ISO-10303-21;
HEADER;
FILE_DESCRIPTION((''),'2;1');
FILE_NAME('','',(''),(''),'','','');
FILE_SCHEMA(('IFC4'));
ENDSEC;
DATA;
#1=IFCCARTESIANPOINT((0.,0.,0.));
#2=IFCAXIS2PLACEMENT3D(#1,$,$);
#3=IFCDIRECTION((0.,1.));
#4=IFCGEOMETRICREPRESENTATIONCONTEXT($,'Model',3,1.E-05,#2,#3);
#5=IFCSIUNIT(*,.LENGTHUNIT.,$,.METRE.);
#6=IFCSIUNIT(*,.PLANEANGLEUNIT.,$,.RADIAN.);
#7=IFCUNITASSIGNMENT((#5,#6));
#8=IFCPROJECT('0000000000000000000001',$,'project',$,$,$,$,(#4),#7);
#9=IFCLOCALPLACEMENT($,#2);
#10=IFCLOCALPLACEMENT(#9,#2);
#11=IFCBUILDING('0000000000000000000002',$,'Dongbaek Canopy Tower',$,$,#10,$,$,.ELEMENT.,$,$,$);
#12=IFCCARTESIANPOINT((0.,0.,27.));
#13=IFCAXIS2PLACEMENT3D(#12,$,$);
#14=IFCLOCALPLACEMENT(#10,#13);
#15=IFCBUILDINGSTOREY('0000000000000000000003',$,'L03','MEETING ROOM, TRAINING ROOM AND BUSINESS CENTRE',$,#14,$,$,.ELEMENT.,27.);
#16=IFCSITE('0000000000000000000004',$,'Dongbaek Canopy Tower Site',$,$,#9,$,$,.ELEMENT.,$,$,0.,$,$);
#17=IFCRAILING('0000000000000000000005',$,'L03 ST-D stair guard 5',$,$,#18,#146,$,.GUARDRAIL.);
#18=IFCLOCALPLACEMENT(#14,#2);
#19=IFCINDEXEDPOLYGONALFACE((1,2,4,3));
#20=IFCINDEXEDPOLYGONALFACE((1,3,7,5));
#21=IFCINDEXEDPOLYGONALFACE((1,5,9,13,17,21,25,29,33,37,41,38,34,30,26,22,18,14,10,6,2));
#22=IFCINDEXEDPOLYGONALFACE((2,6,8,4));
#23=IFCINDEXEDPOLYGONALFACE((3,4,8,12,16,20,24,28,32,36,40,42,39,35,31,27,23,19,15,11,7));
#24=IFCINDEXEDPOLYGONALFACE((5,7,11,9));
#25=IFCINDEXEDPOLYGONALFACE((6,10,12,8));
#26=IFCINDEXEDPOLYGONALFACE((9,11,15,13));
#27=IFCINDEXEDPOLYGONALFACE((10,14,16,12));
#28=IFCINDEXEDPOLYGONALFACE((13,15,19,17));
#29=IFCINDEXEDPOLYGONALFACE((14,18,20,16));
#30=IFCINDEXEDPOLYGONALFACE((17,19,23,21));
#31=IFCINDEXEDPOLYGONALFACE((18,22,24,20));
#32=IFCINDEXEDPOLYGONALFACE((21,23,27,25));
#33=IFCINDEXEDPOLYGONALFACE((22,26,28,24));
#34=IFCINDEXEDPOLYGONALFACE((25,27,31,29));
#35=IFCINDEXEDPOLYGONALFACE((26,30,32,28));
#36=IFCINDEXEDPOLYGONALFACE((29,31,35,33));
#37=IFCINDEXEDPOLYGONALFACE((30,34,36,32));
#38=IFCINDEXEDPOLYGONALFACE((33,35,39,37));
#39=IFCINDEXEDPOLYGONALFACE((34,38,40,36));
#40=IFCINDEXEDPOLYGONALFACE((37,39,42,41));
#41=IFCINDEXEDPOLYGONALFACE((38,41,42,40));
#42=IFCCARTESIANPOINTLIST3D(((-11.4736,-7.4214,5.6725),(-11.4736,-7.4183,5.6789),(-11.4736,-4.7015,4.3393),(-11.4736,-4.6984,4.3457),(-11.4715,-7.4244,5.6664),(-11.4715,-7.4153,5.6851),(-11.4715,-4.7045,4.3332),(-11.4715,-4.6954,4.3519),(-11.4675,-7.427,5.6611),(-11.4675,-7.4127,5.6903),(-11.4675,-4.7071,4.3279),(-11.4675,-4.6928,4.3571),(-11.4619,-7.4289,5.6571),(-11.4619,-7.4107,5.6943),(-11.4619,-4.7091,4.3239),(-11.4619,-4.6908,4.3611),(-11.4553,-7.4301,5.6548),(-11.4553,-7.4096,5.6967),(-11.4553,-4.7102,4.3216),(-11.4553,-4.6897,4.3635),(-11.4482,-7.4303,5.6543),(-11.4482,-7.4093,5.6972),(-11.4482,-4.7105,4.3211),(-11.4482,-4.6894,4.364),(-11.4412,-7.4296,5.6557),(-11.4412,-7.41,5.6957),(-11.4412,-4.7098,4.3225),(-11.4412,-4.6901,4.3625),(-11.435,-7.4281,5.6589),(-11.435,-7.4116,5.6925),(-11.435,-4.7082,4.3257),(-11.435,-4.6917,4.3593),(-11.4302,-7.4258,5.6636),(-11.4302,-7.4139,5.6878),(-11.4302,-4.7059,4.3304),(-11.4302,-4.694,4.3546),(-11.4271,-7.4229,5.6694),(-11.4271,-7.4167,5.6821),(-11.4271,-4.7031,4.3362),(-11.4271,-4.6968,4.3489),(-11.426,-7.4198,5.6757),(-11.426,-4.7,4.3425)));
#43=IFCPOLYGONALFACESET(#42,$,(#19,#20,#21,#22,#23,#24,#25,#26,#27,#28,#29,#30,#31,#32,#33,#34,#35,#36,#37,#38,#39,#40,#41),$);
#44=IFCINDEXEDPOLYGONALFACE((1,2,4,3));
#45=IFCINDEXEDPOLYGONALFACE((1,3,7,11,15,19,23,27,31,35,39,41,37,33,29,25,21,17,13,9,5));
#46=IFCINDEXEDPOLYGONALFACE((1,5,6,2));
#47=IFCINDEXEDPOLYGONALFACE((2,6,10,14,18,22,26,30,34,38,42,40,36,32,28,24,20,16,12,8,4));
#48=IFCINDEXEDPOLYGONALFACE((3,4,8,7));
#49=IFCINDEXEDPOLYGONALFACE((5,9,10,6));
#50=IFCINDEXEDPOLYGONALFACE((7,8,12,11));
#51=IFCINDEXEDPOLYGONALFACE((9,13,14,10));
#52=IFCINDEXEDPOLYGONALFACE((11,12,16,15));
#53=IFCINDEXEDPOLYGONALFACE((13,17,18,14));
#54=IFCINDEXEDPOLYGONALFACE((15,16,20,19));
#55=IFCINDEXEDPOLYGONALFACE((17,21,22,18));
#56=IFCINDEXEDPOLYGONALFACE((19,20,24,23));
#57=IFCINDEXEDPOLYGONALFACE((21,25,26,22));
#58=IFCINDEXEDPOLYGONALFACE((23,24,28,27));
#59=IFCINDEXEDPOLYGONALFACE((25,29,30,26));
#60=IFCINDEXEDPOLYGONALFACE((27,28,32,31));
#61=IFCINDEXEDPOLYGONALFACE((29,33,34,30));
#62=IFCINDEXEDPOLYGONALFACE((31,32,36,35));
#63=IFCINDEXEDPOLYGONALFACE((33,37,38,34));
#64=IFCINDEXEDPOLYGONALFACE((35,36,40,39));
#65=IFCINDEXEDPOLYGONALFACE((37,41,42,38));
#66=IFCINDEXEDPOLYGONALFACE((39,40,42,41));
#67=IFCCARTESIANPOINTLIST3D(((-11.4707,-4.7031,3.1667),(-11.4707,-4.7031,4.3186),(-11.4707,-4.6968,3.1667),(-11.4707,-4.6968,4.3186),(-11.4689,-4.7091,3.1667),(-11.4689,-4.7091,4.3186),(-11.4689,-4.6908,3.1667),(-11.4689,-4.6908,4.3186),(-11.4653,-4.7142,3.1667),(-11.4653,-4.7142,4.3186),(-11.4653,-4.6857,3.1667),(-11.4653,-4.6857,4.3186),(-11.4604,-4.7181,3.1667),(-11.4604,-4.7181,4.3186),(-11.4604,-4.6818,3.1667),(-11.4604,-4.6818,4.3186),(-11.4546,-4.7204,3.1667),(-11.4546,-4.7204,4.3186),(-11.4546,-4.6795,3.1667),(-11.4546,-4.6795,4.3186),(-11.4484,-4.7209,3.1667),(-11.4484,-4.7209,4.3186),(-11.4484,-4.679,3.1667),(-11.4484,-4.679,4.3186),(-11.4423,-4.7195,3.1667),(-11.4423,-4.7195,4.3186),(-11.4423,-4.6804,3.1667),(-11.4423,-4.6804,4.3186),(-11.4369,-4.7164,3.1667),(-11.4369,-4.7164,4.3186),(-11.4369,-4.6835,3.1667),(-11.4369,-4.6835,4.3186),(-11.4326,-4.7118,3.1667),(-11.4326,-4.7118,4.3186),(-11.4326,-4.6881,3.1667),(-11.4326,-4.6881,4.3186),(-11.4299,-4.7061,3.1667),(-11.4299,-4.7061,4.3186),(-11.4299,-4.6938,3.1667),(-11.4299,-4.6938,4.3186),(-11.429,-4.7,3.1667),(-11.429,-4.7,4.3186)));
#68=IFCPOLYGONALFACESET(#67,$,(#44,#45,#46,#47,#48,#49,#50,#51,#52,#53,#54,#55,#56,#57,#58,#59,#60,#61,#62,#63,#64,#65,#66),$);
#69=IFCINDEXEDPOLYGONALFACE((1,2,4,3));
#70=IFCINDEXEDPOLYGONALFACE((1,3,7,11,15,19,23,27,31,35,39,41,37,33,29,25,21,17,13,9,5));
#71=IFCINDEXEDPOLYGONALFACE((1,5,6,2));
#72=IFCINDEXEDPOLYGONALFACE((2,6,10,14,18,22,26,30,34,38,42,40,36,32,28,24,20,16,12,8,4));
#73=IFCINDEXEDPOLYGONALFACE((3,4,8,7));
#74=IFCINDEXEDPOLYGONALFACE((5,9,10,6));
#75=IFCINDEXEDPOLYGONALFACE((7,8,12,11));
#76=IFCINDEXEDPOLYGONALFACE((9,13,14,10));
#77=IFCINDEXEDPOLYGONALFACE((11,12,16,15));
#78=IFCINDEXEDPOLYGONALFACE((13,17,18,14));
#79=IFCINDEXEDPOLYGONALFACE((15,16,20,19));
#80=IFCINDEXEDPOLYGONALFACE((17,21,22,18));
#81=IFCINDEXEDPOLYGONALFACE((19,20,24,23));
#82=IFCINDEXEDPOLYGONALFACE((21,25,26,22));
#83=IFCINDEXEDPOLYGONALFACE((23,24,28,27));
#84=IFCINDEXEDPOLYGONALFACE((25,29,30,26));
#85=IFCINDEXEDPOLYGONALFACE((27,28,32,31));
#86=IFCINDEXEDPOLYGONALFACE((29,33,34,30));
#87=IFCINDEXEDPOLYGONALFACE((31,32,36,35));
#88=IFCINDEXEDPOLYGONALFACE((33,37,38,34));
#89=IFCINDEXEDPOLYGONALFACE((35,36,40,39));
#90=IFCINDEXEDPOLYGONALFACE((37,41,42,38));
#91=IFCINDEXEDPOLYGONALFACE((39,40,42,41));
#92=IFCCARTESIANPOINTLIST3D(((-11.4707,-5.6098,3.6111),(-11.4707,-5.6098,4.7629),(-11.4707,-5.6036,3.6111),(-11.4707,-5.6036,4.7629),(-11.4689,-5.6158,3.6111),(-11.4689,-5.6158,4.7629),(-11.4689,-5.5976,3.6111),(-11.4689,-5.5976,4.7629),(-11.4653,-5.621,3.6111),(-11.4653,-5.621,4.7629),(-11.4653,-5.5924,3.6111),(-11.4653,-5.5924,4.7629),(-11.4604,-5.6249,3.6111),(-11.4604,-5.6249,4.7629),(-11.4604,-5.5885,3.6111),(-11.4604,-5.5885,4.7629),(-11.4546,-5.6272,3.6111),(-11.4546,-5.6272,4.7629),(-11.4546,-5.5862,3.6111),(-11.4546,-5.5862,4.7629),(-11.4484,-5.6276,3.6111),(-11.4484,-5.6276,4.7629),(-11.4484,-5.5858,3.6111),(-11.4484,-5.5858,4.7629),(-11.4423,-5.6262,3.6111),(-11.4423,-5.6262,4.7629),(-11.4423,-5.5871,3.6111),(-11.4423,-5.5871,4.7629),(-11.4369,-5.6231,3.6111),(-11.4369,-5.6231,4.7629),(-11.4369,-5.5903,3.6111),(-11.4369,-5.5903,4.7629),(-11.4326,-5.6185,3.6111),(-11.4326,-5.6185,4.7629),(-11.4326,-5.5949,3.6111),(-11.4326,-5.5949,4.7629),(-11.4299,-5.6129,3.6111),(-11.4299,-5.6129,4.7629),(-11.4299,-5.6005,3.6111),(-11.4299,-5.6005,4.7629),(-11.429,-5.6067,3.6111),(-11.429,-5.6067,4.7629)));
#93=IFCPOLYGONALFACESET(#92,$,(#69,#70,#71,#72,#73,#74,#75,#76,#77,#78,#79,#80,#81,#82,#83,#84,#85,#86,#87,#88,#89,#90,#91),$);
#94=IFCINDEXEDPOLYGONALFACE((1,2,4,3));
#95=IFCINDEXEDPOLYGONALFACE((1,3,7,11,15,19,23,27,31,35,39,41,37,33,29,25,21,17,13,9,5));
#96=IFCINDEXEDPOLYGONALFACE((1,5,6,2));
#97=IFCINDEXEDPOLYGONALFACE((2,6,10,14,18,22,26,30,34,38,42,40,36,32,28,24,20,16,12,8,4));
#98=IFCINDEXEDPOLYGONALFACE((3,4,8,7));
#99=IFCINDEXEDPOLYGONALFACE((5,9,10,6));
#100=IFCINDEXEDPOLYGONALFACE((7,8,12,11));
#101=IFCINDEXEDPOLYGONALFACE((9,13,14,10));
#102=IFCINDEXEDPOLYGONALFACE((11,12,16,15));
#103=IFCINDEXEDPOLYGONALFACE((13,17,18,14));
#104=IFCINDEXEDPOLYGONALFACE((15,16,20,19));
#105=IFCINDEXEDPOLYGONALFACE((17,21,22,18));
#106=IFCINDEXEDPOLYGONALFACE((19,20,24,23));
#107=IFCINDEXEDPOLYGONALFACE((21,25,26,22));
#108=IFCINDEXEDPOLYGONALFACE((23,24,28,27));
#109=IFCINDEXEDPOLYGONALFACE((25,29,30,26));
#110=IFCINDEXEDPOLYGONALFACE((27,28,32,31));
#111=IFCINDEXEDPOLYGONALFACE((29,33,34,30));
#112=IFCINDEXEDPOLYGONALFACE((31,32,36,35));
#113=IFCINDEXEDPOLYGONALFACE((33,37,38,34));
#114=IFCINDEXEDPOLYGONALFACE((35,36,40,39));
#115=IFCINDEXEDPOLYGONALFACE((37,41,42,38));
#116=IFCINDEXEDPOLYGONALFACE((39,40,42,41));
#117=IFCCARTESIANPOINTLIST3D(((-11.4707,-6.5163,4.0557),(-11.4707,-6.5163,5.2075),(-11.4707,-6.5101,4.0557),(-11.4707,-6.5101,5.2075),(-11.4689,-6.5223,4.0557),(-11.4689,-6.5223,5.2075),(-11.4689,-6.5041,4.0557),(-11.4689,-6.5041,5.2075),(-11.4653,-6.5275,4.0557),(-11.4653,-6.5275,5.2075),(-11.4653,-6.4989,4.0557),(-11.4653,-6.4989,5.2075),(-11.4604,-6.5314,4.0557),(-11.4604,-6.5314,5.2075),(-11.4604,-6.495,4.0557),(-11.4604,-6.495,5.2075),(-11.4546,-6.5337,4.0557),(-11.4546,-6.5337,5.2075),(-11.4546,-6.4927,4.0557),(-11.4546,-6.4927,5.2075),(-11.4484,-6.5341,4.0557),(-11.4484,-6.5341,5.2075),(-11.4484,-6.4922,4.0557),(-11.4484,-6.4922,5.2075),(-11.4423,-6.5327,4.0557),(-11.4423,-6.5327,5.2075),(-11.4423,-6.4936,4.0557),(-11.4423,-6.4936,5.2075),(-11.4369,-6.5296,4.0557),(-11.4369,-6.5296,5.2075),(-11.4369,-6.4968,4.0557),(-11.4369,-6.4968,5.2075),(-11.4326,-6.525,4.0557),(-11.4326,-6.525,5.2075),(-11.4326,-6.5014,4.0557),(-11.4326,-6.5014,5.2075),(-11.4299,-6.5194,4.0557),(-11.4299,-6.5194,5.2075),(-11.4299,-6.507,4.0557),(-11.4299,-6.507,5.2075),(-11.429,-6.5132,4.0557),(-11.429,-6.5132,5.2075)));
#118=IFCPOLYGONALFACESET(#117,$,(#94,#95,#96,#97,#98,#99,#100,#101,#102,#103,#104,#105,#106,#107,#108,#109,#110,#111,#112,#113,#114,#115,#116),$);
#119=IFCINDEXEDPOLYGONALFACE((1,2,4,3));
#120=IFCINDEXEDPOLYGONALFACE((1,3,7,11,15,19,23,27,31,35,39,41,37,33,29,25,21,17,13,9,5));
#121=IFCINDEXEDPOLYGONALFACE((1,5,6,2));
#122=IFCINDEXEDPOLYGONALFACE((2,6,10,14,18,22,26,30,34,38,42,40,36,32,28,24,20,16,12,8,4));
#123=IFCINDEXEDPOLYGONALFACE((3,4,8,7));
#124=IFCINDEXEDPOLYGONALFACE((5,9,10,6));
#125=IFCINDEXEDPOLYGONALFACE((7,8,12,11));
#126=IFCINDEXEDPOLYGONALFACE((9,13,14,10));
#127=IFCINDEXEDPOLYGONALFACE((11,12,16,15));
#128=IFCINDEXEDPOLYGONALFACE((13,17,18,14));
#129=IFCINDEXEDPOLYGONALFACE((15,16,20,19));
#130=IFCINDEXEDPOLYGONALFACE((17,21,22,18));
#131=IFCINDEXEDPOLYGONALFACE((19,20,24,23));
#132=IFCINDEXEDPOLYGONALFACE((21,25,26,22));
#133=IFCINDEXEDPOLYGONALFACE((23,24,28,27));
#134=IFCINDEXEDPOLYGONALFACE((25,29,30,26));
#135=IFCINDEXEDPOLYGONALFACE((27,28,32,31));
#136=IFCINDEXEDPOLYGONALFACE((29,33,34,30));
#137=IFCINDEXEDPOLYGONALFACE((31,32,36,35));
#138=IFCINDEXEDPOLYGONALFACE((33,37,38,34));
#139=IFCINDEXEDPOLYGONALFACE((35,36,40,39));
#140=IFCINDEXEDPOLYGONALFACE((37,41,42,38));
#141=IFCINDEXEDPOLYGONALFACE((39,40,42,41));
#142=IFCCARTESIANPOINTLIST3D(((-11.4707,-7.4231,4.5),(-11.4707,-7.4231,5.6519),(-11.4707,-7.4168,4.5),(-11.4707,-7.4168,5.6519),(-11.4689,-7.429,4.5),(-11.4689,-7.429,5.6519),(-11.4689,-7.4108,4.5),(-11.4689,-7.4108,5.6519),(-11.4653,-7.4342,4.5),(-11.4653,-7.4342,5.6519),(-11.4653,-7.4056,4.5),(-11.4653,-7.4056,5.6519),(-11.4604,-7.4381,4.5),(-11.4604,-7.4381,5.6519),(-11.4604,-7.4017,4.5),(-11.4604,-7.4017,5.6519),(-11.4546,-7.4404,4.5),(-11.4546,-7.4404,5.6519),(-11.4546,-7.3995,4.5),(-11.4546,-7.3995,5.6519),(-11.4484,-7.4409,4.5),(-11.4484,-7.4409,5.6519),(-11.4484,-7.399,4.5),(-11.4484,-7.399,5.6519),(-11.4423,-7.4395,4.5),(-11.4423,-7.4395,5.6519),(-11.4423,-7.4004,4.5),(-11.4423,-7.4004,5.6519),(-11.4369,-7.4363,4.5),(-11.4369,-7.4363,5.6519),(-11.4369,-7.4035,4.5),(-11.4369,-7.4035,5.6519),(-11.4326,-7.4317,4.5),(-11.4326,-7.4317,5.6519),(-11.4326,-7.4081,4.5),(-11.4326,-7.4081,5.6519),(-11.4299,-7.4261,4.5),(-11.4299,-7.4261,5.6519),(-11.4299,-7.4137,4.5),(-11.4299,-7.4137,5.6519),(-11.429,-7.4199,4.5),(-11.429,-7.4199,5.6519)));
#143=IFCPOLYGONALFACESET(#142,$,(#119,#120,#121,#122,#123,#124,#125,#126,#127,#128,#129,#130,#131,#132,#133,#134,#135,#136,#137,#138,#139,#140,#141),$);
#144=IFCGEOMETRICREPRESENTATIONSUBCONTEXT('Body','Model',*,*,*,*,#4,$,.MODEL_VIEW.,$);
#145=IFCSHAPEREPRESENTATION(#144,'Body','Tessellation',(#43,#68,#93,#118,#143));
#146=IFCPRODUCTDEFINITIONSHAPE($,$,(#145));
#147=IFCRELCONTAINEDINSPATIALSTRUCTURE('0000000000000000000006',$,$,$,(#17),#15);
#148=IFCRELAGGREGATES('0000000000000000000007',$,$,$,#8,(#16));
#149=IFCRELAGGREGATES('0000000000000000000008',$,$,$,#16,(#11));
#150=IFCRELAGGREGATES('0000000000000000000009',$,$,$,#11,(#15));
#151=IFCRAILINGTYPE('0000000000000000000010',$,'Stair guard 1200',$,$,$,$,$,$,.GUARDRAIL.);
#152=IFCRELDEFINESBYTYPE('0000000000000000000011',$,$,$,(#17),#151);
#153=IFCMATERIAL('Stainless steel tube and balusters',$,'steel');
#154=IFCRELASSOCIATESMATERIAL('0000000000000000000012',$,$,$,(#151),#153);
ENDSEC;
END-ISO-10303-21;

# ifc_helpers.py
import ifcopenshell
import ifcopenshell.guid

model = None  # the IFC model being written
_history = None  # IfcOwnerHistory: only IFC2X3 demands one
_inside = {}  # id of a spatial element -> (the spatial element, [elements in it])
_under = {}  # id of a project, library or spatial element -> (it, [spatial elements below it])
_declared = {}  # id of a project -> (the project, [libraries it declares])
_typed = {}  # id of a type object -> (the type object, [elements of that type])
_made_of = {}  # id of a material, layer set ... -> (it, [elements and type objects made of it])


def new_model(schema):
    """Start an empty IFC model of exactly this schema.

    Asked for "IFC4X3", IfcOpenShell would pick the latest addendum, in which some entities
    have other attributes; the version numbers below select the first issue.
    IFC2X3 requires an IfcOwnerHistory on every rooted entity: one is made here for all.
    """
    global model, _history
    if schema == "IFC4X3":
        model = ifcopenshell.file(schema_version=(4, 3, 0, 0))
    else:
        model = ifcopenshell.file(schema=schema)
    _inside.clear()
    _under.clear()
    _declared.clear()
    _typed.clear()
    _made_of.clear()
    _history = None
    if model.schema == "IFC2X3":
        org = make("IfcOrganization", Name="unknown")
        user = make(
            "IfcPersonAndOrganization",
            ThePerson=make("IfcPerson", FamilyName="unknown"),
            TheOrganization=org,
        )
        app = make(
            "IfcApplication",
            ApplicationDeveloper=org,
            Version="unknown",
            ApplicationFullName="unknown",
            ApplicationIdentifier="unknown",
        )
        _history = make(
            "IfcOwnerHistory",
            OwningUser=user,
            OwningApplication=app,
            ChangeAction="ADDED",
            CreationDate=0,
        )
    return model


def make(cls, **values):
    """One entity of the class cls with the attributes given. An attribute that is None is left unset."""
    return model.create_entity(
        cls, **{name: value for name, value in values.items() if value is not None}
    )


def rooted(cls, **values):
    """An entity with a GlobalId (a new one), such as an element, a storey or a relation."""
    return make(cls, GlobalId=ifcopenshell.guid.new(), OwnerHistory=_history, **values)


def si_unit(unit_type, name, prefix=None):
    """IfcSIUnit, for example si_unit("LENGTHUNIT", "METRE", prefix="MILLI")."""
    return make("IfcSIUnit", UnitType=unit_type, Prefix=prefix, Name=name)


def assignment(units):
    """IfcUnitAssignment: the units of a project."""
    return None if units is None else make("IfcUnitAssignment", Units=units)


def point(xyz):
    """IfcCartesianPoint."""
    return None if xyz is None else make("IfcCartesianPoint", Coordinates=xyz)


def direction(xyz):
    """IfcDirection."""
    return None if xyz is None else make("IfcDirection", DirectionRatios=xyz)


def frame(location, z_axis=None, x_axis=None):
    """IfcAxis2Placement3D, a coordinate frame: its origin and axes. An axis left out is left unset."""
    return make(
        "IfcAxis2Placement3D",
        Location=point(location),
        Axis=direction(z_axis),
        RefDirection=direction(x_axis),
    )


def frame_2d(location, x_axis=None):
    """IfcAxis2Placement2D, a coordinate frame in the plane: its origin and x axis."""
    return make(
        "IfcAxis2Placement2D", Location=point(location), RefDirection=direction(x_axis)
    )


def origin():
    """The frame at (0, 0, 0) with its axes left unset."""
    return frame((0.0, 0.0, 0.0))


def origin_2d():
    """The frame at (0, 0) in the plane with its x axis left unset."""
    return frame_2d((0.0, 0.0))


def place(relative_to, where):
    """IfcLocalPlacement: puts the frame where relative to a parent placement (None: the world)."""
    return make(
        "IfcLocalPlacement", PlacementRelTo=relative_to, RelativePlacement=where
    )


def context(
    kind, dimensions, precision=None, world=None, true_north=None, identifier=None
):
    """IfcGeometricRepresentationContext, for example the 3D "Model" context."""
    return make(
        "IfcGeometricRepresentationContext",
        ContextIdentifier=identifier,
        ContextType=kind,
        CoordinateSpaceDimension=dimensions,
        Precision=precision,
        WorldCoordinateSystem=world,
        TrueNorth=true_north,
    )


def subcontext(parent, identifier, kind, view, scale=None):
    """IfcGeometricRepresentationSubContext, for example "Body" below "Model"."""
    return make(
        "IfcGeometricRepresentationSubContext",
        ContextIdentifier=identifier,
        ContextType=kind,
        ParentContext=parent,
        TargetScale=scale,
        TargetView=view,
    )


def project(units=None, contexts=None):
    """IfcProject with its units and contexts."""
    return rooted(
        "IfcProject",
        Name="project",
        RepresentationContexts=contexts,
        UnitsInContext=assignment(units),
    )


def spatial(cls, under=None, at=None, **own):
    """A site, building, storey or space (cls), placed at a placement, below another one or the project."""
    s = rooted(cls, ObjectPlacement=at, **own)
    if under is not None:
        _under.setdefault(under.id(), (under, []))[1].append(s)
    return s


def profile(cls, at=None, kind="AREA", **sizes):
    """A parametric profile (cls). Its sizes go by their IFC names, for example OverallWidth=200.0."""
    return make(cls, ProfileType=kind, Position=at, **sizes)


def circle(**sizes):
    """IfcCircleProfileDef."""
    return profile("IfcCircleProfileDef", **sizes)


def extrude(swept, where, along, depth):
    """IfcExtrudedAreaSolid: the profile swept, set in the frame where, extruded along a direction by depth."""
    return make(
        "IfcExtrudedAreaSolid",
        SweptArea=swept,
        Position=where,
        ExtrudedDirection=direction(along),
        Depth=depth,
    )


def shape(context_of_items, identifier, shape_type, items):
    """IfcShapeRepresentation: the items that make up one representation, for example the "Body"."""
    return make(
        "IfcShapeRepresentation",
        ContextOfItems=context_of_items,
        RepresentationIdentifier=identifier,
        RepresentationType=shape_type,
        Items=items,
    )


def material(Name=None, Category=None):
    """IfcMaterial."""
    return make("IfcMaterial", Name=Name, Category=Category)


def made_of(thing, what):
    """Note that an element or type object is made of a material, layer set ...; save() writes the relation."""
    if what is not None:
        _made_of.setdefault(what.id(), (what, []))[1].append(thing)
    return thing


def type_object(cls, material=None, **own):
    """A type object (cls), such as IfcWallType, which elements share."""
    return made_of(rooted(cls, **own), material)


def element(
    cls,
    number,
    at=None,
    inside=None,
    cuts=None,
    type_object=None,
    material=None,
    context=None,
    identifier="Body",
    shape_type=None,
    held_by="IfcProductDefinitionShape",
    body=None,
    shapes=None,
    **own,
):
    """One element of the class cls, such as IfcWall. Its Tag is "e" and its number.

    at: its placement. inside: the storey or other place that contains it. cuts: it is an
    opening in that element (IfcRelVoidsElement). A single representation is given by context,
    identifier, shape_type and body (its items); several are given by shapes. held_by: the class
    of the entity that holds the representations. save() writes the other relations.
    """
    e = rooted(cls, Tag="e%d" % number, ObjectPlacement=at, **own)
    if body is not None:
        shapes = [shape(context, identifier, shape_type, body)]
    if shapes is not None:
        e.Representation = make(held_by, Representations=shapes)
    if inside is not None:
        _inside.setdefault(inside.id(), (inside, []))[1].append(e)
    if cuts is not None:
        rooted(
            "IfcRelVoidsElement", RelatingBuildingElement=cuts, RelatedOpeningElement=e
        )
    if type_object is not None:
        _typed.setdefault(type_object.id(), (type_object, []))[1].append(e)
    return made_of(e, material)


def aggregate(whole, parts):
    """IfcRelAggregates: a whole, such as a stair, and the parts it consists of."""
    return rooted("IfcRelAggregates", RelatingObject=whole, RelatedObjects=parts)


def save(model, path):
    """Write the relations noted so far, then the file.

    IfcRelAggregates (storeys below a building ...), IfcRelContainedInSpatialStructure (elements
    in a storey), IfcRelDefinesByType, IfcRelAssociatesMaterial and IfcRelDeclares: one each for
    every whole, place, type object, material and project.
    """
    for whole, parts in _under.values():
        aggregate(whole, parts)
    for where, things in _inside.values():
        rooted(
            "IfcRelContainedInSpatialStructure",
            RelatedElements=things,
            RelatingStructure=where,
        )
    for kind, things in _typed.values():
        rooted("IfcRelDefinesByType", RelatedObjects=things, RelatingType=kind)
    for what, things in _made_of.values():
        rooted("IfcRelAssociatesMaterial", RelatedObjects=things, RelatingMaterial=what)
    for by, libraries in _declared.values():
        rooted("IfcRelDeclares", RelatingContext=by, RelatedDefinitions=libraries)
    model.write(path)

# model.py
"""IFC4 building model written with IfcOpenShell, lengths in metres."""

from ifc_helpers import new_model, si_unit, direction, frame, origin, origin_2d, place, context, subcontext, project, spatial, circle, extrude, material, type_object, element, save


model = new_model("IFC4")

# Units and contexts
model_context = context("Model", 3, precision=1e-05, world=origin(), true_north=direction((0.0, 1.0)))
body_context = subcontext(model_context, "Body", "Model", "MODEL_VIEW")
ifc_project = project(units=[si_unit("LENGTHUNIT", "METRE"), si_unit("PLANEANGLEUNIT", "RADIAN")], contexts=[model_context])

# Site, building, storey
site_placement = place(None, origin())
site = spatial("IfcSite", under=ifc_project, at=site_placement, Name="Dongbaek Canopy Tower Site", CompositionType="ELEMENT", RefElevation=0.0)
building_placement = place(site_placement, origin())
building = spatial("IfcBuilding", under=site, at=building_placement, Name="Dongbaek Canopy Tower", CompositionType="ELEMENT")
storey_placement = place(building_placement, frame((0.0, 0.0, 27.0)))
storey = spatial("IfcBuildingStorey", under=building, at=storey_placement, Name="L03", Description="MEETING ROOM, TRAINING ROOM AND BUSINESS CENTRE", CompositionType="ELEMENT", Elevation=27.0)

# Railing
ifc_material_1 = material(Name="Stainless steel tube and balusters", Category="steel")
railing_type_1 = type_object("IfcRailingType", Name="Stair guard 1200", PredefinedType="GUARDRAIL", material=ifc_material_1)
railing_1_placement = place(storey_placement, frame((-11.45, -4.7, 3.1667)))
element("IfcRailing", 1, at=railing_1_placement, inside=storey, type_object=railing_type_1, Name="L03 ST-D stair guard 5", PredefinedType="GUARDRAIL", context=body_context, shape_type="SweptSolid", body=[
    extrude(circle(Radius=0.0239, at=origin_2d()), frame((0.0, 0.0, 1.1758), z_axis=(0.0, -0.897929, 0.440139), x_axis=(1.0, 0.0, 0.0)), (0.0, 0.0, 1.0), 3.0291),
    extrude(circle(Radius=0.021, at=origin_2d()), origin(), (0.0, 0.0, 1.0), 1.1519),
    extrude(circle(Radius=0.021, at=origin_2d()), frame((0.0, -0.9067, 0.4443)), (0.0, 0.0, 1.0), 1.1519),
    extrude(circle(Radius=0.021, at=origin_2d()), frame((0.0, -1.8132, 0.8889)), (0.0, 0.0, 1.0), 1.1519),
    extrude(circle(Radius=0.021, at=origin_2d()), frame((0.0, -2.72, 1.3333)), (0.0, 0.0, 1.0), 1.1519),
])

save(model, "model.ifc")
